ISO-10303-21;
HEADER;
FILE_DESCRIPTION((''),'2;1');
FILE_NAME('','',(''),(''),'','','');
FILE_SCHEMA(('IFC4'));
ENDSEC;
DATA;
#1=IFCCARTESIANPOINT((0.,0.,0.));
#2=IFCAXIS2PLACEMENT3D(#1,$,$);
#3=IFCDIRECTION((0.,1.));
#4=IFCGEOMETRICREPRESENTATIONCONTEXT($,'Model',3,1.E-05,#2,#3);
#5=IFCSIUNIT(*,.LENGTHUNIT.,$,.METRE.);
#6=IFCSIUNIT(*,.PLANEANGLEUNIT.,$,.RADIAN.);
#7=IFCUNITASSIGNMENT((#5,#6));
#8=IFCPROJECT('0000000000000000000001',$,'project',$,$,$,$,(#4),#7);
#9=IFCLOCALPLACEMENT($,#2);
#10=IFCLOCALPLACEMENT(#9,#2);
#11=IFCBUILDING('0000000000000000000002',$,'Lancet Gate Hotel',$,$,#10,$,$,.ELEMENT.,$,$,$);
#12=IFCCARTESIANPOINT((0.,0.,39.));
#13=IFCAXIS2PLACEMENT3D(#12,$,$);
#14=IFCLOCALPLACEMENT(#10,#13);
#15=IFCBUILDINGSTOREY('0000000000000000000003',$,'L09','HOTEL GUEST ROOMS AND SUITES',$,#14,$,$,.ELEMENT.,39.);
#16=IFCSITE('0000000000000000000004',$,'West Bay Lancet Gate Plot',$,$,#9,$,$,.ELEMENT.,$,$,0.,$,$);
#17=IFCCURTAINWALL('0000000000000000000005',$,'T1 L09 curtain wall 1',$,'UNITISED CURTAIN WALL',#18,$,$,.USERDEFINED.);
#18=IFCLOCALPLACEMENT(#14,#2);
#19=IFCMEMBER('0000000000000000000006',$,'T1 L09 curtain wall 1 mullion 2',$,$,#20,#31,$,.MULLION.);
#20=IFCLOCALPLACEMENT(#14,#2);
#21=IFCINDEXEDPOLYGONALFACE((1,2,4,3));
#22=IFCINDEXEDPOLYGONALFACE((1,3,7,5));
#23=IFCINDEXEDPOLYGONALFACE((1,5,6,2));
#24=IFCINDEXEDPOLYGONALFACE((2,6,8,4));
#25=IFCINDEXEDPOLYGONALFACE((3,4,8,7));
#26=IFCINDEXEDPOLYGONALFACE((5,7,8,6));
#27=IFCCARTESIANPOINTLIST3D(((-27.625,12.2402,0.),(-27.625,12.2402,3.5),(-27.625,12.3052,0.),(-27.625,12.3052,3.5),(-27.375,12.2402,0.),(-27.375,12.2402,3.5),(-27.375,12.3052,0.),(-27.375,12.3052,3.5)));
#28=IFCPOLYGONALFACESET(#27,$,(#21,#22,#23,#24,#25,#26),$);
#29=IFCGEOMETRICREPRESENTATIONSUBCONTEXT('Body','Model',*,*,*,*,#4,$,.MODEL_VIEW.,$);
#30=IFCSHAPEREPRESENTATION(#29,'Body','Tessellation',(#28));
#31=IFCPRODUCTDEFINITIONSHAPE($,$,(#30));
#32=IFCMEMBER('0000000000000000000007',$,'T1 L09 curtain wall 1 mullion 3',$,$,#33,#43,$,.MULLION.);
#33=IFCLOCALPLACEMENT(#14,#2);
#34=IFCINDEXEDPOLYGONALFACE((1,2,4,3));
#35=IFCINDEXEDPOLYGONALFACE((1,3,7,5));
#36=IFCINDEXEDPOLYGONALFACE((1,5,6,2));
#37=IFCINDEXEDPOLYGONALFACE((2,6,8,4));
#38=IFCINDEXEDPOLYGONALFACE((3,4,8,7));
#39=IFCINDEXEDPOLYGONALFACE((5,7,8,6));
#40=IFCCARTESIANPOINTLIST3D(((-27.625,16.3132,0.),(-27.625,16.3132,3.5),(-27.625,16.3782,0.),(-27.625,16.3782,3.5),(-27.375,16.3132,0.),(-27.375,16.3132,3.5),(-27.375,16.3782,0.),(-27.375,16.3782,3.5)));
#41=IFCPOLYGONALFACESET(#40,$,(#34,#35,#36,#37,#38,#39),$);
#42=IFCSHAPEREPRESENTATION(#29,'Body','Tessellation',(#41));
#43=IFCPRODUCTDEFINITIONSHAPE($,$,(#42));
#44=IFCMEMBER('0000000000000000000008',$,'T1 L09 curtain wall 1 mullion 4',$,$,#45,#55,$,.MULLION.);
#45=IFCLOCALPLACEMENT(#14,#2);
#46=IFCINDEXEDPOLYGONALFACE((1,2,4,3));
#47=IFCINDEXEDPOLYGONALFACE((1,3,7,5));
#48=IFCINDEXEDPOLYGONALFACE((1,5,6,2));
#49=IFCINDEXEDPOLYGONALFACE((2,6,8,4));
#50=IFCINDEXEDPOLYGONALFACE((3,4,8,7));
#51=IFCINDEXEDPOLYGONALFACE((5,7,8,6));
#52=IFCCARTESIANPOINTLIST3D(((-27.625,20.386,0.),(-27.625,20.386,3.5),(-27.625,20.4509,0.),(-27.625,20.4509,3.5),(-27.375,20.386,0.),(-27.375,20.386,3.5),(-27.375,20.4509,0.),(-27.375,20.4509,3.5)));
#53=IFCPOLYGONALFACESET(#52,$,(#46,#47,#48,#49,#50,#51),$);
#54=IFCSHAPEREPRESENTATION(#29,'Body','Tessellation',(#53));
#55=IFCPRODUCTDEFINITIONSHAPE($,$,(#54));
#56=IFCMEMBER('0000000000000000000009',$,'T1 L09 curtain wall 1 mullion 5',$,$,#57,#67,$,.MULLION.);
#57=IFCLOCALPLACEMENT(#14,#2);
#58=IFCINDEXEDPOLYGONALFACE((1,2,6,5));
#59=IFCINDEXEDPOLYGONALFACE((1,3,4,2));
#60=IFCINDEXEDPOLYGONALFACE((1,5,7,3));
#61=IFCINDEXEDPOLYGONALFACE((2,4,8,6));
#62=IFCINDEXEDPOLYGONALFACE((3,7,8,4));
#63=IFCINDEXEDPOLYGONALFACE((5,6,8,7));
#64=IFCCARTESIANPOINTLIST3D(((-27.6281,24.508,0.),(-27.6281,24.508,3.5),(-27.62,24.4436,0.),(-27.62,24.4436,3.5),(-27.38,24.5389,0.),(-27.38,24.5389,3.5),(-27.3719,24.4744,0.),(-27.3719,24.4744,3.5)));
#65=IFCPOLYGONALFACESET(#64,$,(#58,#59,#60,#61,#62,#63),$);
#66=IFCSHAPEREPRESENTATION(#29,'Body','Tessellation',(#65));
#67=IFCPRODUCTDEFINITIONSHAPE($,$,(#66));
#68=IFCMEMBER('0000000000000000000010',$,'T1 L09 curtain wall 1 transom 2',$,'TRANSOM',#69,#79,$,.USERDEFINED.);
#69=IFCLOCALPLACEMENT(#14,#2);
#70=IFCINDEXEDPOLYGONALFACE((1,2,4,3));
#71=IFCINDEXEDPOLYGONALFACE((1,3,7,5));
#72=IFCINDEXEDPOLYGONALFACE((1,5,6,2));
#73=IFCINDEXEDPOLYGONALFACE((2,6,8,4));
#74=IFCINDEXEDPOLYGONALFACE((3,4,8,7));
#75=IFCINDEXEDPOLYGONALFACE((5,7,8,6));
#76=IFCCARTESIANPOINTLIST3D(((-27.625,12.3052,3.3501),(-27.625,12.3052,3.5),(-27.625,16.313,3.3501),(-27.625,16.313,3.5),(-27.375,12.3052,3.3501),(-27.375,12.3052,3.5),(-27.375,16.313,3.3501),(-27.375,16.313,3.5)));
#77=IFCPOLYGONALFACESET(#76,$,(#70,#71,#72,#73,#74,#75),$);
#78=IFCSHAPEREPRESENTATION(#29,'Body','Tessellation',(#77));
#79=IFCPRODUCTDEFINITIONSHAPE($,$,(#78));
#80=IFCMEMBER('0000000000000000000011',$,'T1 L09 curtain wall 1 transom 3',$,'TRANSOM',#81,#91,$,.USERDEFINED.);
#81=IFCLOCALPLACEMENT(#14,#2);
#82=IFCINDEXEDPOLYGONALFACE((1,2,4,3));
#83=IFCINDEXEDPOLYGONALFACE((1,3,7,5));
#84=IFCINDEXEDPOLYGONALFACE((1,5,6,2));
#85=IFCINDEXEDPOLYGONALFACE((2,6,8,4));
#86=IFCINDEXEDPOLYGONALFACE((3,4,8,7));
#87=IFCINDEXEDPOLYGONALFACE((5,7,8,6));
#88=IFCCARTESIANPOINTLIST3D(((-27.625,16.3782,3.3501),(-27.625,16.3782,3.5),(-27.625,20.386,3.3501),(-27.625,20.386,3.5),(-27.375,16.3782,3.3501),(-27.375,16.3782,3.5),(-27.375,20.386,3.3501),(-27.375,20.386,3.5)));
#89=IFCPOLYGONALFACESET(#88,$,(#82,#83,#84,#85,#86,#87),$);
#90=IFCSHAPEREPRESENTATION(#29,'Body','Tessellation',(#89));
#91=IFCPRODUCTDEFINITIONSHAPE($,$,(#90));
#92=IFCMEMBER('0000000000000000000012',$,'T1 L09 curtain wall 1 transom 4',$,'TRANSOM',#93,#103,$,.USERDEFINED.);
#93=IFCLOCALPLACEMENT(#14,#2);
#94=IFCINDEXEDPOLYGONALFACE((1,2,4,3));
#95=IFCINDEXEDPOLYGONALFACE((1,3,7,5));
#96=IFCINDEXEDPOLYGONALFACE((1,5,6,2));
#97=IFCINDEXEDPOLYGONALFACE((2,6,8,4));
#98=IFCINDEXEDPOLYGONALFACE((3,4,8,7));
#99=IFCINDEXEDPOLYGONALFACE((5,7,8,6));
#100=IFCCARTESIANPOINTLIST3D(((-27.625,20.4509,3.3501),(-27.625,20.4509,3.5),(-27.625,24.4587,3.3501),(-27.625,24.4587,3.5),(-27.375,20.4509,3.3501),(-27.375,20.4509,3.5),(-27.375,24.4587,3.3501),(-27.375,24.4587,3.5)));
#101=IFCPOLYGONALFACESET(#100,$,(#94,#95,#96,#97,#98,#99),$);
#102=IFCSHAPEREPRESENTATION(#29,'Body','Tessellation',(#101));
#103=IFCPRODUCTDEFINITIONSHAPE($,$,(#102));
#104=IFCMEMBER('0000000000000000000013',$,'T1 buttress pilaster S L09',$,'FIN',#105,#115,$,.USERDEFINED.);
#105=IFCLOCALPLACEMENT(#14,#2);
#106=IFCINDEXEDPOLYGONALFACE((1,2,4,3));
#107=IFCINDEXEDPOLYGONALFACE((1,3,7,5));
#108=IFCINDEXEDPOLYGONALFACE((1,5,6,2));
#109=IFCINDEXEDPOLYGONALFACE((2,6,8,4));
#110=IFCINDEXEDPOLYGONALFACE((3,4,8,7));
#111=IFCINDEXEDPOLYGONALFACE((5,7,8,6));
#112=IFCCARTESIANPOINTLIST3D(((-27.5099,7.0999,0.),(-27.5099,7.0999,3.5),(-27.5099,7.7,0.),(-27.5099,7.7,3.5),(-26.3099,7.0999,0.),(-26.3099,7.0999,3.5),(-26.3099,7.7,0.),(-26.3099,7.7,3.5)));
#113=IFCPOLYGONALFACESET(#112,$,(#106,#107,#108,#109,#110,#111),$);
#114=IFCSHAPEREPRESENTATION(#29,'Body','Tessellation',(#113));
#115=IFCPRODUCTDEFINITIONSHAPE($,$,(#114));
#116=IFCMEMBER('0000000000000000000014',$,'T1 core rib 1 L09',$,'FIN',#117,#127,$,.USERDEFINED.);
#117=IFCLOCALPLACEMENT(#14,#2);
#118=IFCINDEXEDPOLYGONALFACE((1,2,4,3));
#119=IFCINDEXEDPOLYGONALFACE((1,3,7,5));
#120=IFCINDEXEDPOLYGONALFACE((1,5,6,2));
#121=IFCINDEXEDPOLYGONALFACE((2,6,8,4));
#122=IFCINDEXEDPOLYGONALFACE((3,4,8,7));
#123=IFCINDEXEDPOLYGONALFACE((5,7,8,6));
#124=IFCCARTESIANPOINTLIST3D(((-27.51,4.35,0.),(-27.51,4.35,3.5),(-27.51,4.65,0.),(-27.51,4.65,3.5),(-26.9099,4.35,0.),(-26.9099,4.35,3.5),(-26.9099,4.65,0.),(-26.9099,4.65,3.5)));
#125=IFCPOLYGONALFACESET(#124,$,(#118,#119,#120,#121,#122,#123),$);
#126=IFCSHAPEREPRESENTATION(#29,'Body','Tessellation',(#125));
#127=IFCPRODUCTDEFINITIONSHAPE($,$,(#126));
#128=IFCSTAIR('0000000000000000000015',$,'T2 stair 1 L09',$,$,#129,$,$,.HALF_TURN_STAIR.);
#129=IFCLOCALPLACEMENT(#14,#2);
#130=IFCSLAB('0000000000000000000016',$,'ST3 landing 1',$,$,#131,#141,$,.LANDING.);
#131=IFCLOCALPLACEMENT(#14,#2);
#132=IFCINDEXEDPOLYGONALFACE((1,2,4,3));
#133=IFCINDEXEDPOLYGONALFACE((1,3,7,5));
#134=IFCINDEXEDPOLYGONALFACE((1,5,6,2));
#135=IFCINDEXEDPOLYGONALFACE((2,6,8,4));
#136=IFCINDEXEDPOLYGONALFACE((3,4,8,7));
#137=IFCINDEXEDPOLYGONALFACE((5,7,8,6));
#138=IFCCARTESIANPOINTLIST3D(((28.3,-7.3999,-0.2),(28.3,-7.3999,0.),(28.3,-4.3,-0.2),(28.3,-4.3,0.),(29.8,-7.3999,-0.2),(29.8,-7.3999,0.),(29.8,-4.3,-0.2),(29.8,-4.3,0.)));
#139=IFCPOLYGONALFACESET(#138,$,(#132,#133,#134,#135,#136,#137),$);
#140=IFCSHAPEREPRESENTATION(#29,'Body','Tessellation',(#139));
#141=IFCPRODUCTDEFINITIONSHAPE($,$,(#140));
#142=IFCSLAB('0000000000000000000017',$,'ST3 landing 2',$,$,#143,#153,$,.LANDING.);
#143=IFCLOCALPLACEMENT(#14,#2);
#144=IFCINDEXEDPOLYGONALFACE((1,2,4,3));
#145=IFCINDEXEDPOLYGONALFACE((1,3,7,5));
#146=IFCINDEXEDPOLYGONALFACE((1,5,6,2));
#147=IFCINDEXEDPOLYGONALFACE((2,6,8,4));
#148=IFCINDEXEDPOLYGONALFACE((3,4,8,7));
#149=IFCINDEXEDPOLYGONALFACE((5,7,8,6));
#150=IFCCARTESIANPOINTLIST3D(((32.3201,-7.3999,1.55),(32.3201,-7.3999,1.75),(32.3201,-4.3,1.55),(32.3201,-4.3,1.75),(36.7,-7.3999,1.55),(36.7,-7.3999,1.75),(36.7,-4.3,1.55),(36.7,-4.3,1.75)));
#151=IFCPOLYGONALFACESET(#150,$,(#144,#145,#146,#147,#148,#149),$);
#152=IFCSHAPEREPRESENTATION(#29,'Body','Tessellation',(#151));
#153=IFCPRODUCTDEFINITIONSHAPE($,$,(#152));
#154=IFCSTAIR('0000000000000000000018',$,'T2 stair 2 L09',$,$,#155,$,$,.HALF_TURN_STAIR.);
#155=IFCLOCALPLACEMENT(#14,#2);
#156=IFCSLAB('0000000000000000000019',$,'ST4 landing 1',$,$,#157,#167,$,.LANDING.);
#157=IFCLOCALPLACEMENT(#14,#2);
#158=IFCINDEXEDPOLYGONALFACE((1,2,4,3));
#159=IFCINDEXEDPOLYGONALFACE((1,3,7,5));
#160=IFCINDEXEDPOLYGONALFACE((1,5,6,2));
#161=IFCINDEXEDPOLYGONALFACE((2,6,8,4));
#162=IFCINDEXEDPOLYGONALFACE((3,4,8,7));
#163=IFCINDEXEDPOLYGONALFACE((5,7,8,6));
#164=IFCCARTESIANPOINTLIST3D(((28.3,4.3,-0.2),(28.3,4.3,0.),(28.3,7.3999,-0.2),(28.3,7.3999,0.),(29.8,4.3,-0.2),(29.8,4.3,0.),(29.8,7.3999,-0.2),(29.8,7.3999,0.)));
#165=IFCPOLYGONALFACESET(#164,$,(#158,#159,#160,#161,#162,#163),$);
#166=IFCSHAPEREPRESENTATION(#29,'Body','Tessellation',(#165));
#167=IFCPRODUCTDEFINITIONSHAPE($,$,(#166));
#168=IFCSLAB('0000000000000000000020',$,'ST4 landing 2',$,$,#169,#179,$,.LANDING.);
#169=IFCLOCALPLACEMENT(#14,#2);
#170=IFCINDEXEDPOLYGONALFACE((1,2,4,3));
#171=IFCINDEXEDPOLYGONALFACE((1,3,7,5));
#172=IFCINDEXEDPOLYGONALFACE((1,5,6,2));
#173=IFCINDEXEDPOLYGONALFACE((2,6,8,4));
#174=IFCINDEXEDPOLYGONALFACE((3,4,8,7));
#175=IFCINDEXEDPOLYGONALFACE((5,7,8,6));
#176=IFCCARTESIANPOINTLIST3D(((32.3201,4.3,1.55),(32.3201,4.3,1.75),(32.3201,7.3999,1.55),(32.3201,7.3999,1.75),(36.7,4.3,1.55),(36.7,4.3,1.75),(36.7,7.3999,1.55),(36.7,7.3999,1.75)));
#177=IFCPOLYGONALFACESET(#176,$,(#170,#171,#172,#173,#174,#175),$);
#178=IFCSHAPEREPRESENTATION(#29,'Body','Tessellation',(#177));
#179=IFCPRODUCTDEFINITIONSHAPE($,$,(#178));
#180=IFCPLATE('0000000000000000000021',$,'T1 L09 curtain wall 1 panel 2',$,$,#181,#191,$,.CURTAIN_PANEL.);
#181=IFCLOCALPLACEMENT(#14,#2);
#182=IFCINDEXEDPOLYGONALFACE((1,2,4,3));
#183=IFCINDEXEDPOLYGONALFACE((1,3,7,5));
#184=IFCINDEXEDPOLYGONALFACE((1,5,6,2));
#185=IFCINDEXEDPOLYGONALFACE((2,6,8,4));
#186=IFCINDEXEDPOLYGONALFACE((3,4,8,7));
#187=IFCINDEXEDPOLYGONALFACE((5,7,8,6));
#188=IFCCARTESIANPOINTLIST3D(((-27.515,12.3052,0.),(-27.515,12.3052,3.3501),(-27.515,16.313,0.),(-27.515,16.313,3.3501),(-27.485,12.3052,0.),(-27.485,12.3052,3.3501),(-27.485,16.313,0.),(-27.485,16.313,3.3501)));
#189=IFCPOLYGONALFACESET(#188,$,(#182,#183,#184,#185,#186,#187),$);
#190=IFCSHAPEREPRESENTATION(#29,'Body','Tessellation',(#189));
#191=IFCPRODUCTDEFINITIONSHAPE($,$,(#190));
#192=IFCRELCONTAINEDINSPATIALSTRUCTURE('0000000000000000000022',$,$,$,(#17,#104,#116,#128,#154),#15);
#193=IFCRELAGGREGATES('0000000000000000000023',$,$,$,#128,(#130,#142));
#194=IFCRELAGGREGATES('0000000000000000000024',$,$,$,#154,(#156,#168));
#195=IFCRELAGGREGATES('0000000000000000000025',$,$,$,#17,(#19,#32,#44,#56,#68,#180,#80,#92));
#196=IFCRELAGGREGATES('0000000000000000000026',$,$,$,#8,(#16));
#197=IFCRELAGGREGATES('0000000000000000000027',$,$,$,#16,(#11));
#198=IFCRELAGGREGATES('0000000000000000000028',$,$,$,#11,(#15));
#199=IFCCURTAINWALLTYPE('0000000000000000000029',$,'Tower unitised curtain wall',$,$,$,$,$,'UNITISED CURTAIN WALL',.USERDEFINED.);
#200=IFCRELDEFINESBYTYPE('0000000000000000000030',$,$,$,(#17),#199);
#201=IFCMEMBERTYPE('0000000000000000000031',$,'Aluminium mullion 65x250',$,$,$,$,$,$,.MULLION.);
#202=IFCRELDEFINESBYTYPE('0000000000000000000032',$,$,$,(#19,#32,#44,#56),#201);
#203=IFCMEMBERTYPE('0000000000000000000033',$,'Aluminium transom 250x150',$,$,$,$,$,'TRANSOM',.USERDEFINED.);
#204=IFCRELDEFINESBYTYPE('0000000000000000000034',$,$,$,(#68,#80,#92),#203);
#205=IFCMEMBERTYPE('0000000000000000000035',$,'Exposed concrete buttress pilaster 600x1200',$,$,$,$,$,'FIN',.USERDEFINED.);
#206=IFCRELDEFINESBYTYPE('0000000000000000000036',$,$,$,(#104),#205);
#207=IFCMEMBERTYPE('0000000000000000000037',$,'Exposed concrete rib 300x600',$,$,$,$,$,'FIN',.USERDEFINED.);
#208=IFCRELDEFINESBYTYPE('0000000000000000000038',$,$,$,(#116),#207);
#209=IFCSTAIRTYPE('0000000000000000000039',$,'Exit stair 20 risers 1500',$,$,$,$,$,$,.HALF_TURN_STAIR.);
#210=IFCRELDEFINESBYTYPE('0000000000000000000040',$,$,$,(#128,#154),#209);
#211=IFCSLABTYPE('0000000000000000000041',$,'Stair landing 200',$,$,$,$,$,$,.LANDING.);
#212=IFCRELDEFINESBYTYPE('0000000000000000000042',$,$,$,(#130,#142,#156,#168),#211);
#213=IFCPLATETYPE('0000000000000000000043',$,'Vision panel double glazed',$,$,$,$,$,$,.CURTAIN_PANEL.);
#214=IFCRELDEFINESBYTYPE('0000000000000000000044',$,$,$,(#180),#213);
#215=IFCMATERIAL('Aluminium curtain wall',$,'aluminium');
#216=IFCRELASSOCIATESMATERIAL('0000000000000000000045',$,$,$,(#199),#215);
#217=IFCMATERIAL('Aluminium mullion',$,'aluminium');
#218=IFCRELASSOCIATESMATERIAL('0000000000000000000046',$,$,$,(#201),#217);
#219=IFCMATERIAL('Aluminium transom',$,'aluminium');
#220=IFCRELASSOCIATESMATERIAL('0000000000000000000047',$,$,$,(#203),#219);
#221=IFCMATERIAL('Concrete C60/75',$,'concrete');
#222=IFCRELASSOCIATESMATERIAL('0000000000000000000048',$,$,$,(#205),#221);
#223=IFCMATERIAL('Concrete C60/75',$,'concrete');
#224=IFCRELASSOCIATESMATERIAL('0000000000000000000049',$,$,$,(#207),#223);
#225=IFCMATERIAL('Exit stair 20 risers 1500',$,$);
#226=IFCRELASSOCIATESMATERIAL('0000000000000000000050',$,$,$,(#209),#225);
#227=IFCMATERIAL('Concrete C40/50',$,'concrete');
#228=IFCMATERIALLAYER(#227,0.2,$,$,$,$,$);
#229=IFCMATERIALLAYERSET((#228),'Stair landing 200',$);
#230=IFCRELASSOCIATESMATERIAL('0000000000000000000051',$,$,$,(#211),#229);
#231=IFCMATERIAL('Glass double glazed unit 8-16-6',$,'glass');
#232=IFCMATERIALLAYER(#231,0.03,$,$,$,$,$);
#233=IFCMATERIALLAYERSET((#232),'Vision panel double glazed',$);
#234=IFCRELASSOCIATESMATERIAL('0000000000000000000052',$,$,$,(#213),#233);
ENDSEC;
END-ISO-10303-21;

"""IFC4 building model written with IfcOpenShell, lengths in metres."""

from ifc_helpers import new_model, si_unit, direction, frame, origin, origin_2d, place, context, subcontext, project, spatial, polyline, rectangle, outline, extrude, material, layer, layer_set, material_profile, profile_set, type_object, element, aggregate, save


model = new_model("IFC4")

# Units and contexts
model_context = context("Model", 3, precision=1e-05, world=origin(), true_north=direction((0.0, 1.0)))
body_context = subcontext(model_context, "Body", "Model", "MODEL_VIEW")
ifc_project = project(units=[si_unit("LENGTHUNIT", "METRE"), si_unit("PLANEANGLEUNIT", "RADIAN")], contexts=[model_context])

# Site, building, storey
site_placement = place(None, origin())
site = spatial("IfcSite", under=ifc_project, at=site_placement, Name="West Bay Lancet Gate Plot", CompositionType="ELEMENT", RefElevation=0.0)
building_placement = place(site_placement, origin())
building = spatial("IfcBuilding", under=site, at=building_placement, Name="Lancet Gate Hotel", CompositionType="ELEMENT")
storey_placement = place(building_placement, frame((0.0, 0.0, 39.0)))
storey = spatial("IfcBuildingStorey", under=building, at=storey_placement, Name="L09", Description="HOTEL GUEST ROOMS AND SUITES", CompositionType="ELEMENT", Elevation=39.0)

# Curtain wall, members
ifc_material_1 = material(Name="Aluminium curtain wall", Category="aluminium")
curtain_wall_type = type_object("IfcCurtainWallType", Name="Tower unitised curtain wall", ElementType="UNITISED CURTAIN WALL", PredefinedType="USERDEFINED", material=ifc_material_1)
curtain_wall_placement = place(storey_placement, origin())
curtain_wall = element("IfcCurtainWall", 1, at=curtain_wall_placement, inside=storey, type_object=curtain_wall_type, Name="T1 L09 curtain wall 1", ObjectType="UNITISED CURTAIN WALL", PredefinedType="USERDEFINED")
ifc_material_2 = material(Name="Aluminium mullion", Category="aluminium")
ifc_material_profile_1 = material_profile(ifc_material_2, rectangle(XDim=0.0649, YDim=0.25, at=origin_2d()), Name="MULLION 65x250")
ifc_profile_set_1 = profile_set([ifc_material_profile_1], Name="Aluminium mullion")
member_type_1 = type_object("IfcMemberType", Name="Aluminium mullion 65x250", PredefinedType="MULLION", material=ifc_profile_set_1)
member_1_placement = place(storey_placement, frame((-27.5, 12.2727, 0.0), z_axis=(0.0, 0.0, 1.0), x_axis=(0.0, 1.0, 0.0)))
member_1 = element("IfcMember", 2, at=member_1_placement, type_object=member_type_1, Name="T1 L09 curtain wall 1 mullion 2", PredefinedType="MULLION", context=body_context, shape_type="SweptSolid", body=[
    extrude(rectangle(XDim=0.0649, YDim=0.25, at=origin_2d()), origin(), (0.0, 0.0, 1.0), 3.5),
])
member_2_placement = place(storey_placement, frame((-27.5, 16.3457, 0.0), z_axis=(0.0, 0.0, 1.0), x_axis=(0.0, 1.0, 0.0)))
member_2 = element("IfcMember", 3, at=member_2_placement, type_object=member_type_1, Name="T1 L09 curtain wall 1 mullion 3", PredefinedType="MULLION", context=body_context, shape_type="SweptSolid", body=[
    extrude(rectangle(XDim=0.0649, YDim=0.25, at=origin_2d()), origin(), (0.0, 0.0, 1.0), 3.5),
])
member_3_placement = place(storey_placement, frame((-27.5, 20.4185, 0.0), z_axis=(0.0, 0.0, 1.0), x_axis=(0.0, 1.0, 0.0)))
member_3 = element("IfcMember", 4, at=member_3_placement, type_object=member_type_1, Name="T1 L09 curtain wall 1 mullion 4", PredefinedType="MULLION", context=body_context, shape_type="SweptSolid", body=[
    extrude(rectangle(XDim=0.0649, YDim=0.25, at=origin_2d()), origin(), (0.0, 0.0, 1.0), 3.5),
])
member_4_placement = place(storey_placement, frame((-27.5, 24.4912, 0.0), z_axis=(0.0, 0.0, 1.0), x_axis=(-0.123483, 0.992347, 0.0)))
member_4 = element("IfcMember", 5, at=member_4_placement, type_object=member_type_1, Name="T1 L09 curtain wall 1 mullion 5", PredefinedType="MULLION", context=body_context, shape_type="SweptSolid", body=[
    extrude(rectangle(XDim=0.0649, YDim=0.25, at=origin_2d()), origin(), (0.0, 0.0, 1.0), 3.5),
])
ifc_material_3 = material(Name="Aluminium transom", Category="aluminium")
ifc_material_profile_2 = material_profile(ifc_material_3, rectangle(XDim=0.25, YDim=0.1499, at=origin_2d()), Name="TRANSOM 250x150")
ifc_profile_set_2 = profile_set([ifc_material_profile_2], Name="Aluminium transom")
member_type_2 = type_object("IfcMemberType", Name="Aluminium transom 250x150", ElementType="TRANSOM", PredefinedType="USERDEFINED", material=ifc_profile_set_2)
member_5_placement = place(storey_placement, frame((-27.5, 12.3052, 3.425), z_axis=(0.0, 1.0, 0.0), x_axis=(-1.0, 0.0, 0.0)))
member_5 = element("IfcMember", 6, at=member_5_placement, type_object=member_type_2, Name="T1 L09 curtain wall 1 transom 2", ObjectType="TRANSOM", PredefinedType="USERDEFINED", context=body_context, shape_type="SweptSolid", body=[
    extrude(rectangle(XDim=0.25, YDim=0.1499, at=origin_2d()), origin(), (0.0, 0.0, 1.0), 4.0078),
])
member_6_placement = place(storey_placement, frame((-27.5, 16.3782, 3.425), z_axis=(0.0, 1.0, 0.0), x_axis=(-1.0, 0.0, 0.0)))
member_6 = element("IfcMember", 7, at=member_6_placement, type_object=member_type_2, Name="T1 L09 curtain wall 1 transom 3", ObjectType="TRANSOM", PredefinedType="USERDEFINED", context=body_context, shape_type="SweptSolid", body=[
    extrude(rectangle(XDim=0.25, YDim=0.1499, at=origin_2d()), origin(), (0.0, 0.0, 1.0), 4.0078),
])
member_7_placement = place(storey_placement, frame((-27.5, 20.4509, 3.425), z_axis=(0.0, 1.0, 0.0), x_axis=(-1.0, 0.0, 0.0)))
member_7 = element("IfcMember", 8, at=member_7_placement, type_object=member_type_2, Name="T1 L09 curtain wall 1 transom 4", ObjectType="TRANSOM", PredefinedType="USERDEFINED", context=body_context, shape_type="SweptSolid", body=[
    extrude(rectangle(XDim=0.25, YDim=0.1499, at=origin_2d()), origin(), (0.0, 0.0, 1.0), 4.0078),
])

# Members
ifc_material_4 = material(Name="Concrete C60/75", Category="concrete")
ifc_material_profile_3 = material_profile(ifc_material_4, rectangle(XDim=0.6001, YDim=1.2, at=origin_2d()), Name="FIN 600x1200")
ifc_profile_set_3 = profile_set([ifc_material_profile_3], Name="Concrete C60/75")
member_type_3 = type_object("IfcMemberType", Name="Exposed concrete buttress pilaster 600x1200", ElementType="FIN", PredefinedType="USERDEFINED", material=ifc_profile_set_3)
member_8_placement = place(storey_placement, frame((-26.9099, 7.3999, 0.0), z_axis=(0.0, 0.0, 1.0), x_axis=(0.0, 1.0, 0.0)))
element("IfcMember", 9, at=member_8_placement, inside=storey, type_object=member_type_3, Name="T1 buttress pilaster S L09", ObjectType="FIN", PredefinedType="USERDEFINED", context=body_context, shape_type="SweptSolid", body=[
    extrude(rectangle(XDim=0.6001, YDim=1.2, at=origin_2d()), origin(), (0.0, 0.0, 1.0), 3.5),
])
ifc_material_5 = material(Name="Concrete C60/75", Category="concrete")
ifc_material_profile_4 = material_profile(ifc_material_5, rectangle(XDim=0.3, YDim=0.6001, at=origin_2d()), Name="FIN 300x600")
ifc_profile_set_4 = profile_set([ifc_material_profile_4], Name="Concrete C60/75")
member_type_4 = type_object("IfcMemberType", Name="Exposed concrete rib 300x600", ElementType="FIN", PredefinedType="USERDEFINED", material=ifc_profile_set_4)
member_9_placement = place(storey_placement, frame((-27.21, 4.5, 0.0), z_axis=(0.0, 0.0, 1.0), x_axis=(0.0, 1.0, 0.0)))
element("IfcMember", 10, at=member_9_placement, inside=storey, type_object=member_type_4, Name="T1 core rib 1 L09", ObjectType="FIN", PredefinedType="USERDEFINED", context=body_context, shape_type="SweptSolid", body=[
    extrude(rectangle(XDim=0.3, YDim=0.6001, at=origin_2d()), origin(), (0.0, 0.0, 1.0), 3.5),
])

# Stairs, slabs
ifc_material_6 = material(Name="Exit stair 20 risers 1500")
stair_type = type_object("IfcStairType", Name="Exit stair 20 risers 1500", PredefinedType="HALF_TURN_STAIR", material=ifc_material_6)
stair_1_placement = place(storey_placement, origin())
stair_1 = element("IfcStair", 11, at=stair_1_placement, inside=storey, type_object=stair_type, Name="T2 stair 1 L09", PredefinedType="HALF_TURN_STAIR")
ifc_material_7 = material(Name="Concrete C40/50", Category="concrete")
ifc_layer_1 = layer(ifc_material_7, 0.2)
ifc_layer_set_1 = layer_set([ifc_layer_1], Name="Stair landing 200")
slab_type = type_object("IfcSlabType", Name="Stair landing 200", PredefinedType="LANDING", material=ifc_layer_set_1)
slab_1_placement = place(storey_placement, frame((0.0, 0.0, -0.2)))
slab_1 = element("IfcSlab", 12, at=slab_1_placement, type_object=slab_type, Name="ST3 landing 1", PredefinedType="LANDING", context=body_context, shape_type="SweptSolid", body=[
    extrude(outline(polyline([(28.3, -7.3999), (29.8, -7.3999), (29.8, -4.3), (28.3, -4.3), (28.3, -7.3999)])), origin(), (0.0, 0.0, 1.0), 0.2),
])
slab_2_placement = place(storey_placement, frame((0.0, 0.0, 1.55)))
slab_2 = element("IfcSlab", 13, at=slab_2_placement, type_object=slab_type, Name="ST3 landing 2", PredefinedType="LANDING", context=body_context, shape_type="SweptSolid", body=[
    extrude(outline(polyline([(32.3201, -7.3999), (36.7, -7.3999), (36.7, -4.3), (32.3201, -4.3), (32.3201, -7.3999)])), origin(), (0.0, 0.0, 1.0), 0.2),
])
aggregate(stair_1, [slab_1, slab_2])
stair_2_placement = place(storey_placement, origin())
stair_2 = element("IfcStair", 14, at=stair_2_placement, inside=storey, type_object=stair_type, Name="T2 stair 2 L09", PredefinedType="HALF_TURN_STAIR")
slab_3_placement = place(storey_placement, frame((0.0, 0.0, -0.2)))
slab_3 = element("IfcSlab", 15, at=slab_3_placement, type_object=slab_type, Name="ST4 landing 1", PredefinedType="LANDING", context=body_context, shape_type="SweptSolid", body=[
    extrude(outline(polyline([(28.3, 4.3), (29.8, 4.3), (29.8, 7.3999), (28.3, 7.3999), (28.3, 4.3)])), origin(), (0.0, 0.0, 1.0), 0.2),
])
slab_4_placement = place(storey_placement, frame((0.0, 0.0, 1.55)))
slab_4 = element("IfcSlab", 16, at=slab_4_placement, type_object=slab_type, Name="ST4 landing 2", PredefinedType="LANDING", context=body_context, shape_type="SweptSolid", body=[
    extrude(outline(polyline([(32.3201, 4.3), (36.7, 4.3), (36.7, 7.3999), (32.3201, 7.3999), (32.3201, 4.3)])), origin(), (0.0, 0.0, 1.0), 0.2),
])
aggregate(stair_2, [slab_3, slab_4])

# Plate
ifc_material_8 = material(Name="Glass double glazed unit 8-16-6", Category="glass")
ifc_layer_2 = layer(ifc_material_8, 0.03)
ifc_layer_set_2 = layer_set([ifc_layer_2], Name="Vision panel double glazed")
plate_type = type_object("IfcPlateType", Name="Vision panel double glazed", PredefinedType="CURTAIN_PANEL", material=ifc_layer_set_2)
plate_1_placement = place(storey_placement, frame((-27.5, 14.3091, 0.0), z_axis=(0.0, 0.0, 1.0), x_axis=(0.0, 1.0, 0.0)))
plate_1 = element("IfcPlate", 17, at=plate_1_placement, type_object=plate_type, Name="T1 L09 curtain wall 1 panel 2", PredefinedType="CURTAIN_PANEL", context=body_context, shape_type="SweptSolid", body=[
    extrude(rectangle(XDim=4.0078, YDim=0.03, at=origin_2d()), origin(), (0.0, 0.0, 1.0), 3.3501),
])
aggregate(curtain_wall, [member_1, member_2, member_3, member_4, member_5, plate_1, member_6, member_7])

save(model, "model.ifc")
